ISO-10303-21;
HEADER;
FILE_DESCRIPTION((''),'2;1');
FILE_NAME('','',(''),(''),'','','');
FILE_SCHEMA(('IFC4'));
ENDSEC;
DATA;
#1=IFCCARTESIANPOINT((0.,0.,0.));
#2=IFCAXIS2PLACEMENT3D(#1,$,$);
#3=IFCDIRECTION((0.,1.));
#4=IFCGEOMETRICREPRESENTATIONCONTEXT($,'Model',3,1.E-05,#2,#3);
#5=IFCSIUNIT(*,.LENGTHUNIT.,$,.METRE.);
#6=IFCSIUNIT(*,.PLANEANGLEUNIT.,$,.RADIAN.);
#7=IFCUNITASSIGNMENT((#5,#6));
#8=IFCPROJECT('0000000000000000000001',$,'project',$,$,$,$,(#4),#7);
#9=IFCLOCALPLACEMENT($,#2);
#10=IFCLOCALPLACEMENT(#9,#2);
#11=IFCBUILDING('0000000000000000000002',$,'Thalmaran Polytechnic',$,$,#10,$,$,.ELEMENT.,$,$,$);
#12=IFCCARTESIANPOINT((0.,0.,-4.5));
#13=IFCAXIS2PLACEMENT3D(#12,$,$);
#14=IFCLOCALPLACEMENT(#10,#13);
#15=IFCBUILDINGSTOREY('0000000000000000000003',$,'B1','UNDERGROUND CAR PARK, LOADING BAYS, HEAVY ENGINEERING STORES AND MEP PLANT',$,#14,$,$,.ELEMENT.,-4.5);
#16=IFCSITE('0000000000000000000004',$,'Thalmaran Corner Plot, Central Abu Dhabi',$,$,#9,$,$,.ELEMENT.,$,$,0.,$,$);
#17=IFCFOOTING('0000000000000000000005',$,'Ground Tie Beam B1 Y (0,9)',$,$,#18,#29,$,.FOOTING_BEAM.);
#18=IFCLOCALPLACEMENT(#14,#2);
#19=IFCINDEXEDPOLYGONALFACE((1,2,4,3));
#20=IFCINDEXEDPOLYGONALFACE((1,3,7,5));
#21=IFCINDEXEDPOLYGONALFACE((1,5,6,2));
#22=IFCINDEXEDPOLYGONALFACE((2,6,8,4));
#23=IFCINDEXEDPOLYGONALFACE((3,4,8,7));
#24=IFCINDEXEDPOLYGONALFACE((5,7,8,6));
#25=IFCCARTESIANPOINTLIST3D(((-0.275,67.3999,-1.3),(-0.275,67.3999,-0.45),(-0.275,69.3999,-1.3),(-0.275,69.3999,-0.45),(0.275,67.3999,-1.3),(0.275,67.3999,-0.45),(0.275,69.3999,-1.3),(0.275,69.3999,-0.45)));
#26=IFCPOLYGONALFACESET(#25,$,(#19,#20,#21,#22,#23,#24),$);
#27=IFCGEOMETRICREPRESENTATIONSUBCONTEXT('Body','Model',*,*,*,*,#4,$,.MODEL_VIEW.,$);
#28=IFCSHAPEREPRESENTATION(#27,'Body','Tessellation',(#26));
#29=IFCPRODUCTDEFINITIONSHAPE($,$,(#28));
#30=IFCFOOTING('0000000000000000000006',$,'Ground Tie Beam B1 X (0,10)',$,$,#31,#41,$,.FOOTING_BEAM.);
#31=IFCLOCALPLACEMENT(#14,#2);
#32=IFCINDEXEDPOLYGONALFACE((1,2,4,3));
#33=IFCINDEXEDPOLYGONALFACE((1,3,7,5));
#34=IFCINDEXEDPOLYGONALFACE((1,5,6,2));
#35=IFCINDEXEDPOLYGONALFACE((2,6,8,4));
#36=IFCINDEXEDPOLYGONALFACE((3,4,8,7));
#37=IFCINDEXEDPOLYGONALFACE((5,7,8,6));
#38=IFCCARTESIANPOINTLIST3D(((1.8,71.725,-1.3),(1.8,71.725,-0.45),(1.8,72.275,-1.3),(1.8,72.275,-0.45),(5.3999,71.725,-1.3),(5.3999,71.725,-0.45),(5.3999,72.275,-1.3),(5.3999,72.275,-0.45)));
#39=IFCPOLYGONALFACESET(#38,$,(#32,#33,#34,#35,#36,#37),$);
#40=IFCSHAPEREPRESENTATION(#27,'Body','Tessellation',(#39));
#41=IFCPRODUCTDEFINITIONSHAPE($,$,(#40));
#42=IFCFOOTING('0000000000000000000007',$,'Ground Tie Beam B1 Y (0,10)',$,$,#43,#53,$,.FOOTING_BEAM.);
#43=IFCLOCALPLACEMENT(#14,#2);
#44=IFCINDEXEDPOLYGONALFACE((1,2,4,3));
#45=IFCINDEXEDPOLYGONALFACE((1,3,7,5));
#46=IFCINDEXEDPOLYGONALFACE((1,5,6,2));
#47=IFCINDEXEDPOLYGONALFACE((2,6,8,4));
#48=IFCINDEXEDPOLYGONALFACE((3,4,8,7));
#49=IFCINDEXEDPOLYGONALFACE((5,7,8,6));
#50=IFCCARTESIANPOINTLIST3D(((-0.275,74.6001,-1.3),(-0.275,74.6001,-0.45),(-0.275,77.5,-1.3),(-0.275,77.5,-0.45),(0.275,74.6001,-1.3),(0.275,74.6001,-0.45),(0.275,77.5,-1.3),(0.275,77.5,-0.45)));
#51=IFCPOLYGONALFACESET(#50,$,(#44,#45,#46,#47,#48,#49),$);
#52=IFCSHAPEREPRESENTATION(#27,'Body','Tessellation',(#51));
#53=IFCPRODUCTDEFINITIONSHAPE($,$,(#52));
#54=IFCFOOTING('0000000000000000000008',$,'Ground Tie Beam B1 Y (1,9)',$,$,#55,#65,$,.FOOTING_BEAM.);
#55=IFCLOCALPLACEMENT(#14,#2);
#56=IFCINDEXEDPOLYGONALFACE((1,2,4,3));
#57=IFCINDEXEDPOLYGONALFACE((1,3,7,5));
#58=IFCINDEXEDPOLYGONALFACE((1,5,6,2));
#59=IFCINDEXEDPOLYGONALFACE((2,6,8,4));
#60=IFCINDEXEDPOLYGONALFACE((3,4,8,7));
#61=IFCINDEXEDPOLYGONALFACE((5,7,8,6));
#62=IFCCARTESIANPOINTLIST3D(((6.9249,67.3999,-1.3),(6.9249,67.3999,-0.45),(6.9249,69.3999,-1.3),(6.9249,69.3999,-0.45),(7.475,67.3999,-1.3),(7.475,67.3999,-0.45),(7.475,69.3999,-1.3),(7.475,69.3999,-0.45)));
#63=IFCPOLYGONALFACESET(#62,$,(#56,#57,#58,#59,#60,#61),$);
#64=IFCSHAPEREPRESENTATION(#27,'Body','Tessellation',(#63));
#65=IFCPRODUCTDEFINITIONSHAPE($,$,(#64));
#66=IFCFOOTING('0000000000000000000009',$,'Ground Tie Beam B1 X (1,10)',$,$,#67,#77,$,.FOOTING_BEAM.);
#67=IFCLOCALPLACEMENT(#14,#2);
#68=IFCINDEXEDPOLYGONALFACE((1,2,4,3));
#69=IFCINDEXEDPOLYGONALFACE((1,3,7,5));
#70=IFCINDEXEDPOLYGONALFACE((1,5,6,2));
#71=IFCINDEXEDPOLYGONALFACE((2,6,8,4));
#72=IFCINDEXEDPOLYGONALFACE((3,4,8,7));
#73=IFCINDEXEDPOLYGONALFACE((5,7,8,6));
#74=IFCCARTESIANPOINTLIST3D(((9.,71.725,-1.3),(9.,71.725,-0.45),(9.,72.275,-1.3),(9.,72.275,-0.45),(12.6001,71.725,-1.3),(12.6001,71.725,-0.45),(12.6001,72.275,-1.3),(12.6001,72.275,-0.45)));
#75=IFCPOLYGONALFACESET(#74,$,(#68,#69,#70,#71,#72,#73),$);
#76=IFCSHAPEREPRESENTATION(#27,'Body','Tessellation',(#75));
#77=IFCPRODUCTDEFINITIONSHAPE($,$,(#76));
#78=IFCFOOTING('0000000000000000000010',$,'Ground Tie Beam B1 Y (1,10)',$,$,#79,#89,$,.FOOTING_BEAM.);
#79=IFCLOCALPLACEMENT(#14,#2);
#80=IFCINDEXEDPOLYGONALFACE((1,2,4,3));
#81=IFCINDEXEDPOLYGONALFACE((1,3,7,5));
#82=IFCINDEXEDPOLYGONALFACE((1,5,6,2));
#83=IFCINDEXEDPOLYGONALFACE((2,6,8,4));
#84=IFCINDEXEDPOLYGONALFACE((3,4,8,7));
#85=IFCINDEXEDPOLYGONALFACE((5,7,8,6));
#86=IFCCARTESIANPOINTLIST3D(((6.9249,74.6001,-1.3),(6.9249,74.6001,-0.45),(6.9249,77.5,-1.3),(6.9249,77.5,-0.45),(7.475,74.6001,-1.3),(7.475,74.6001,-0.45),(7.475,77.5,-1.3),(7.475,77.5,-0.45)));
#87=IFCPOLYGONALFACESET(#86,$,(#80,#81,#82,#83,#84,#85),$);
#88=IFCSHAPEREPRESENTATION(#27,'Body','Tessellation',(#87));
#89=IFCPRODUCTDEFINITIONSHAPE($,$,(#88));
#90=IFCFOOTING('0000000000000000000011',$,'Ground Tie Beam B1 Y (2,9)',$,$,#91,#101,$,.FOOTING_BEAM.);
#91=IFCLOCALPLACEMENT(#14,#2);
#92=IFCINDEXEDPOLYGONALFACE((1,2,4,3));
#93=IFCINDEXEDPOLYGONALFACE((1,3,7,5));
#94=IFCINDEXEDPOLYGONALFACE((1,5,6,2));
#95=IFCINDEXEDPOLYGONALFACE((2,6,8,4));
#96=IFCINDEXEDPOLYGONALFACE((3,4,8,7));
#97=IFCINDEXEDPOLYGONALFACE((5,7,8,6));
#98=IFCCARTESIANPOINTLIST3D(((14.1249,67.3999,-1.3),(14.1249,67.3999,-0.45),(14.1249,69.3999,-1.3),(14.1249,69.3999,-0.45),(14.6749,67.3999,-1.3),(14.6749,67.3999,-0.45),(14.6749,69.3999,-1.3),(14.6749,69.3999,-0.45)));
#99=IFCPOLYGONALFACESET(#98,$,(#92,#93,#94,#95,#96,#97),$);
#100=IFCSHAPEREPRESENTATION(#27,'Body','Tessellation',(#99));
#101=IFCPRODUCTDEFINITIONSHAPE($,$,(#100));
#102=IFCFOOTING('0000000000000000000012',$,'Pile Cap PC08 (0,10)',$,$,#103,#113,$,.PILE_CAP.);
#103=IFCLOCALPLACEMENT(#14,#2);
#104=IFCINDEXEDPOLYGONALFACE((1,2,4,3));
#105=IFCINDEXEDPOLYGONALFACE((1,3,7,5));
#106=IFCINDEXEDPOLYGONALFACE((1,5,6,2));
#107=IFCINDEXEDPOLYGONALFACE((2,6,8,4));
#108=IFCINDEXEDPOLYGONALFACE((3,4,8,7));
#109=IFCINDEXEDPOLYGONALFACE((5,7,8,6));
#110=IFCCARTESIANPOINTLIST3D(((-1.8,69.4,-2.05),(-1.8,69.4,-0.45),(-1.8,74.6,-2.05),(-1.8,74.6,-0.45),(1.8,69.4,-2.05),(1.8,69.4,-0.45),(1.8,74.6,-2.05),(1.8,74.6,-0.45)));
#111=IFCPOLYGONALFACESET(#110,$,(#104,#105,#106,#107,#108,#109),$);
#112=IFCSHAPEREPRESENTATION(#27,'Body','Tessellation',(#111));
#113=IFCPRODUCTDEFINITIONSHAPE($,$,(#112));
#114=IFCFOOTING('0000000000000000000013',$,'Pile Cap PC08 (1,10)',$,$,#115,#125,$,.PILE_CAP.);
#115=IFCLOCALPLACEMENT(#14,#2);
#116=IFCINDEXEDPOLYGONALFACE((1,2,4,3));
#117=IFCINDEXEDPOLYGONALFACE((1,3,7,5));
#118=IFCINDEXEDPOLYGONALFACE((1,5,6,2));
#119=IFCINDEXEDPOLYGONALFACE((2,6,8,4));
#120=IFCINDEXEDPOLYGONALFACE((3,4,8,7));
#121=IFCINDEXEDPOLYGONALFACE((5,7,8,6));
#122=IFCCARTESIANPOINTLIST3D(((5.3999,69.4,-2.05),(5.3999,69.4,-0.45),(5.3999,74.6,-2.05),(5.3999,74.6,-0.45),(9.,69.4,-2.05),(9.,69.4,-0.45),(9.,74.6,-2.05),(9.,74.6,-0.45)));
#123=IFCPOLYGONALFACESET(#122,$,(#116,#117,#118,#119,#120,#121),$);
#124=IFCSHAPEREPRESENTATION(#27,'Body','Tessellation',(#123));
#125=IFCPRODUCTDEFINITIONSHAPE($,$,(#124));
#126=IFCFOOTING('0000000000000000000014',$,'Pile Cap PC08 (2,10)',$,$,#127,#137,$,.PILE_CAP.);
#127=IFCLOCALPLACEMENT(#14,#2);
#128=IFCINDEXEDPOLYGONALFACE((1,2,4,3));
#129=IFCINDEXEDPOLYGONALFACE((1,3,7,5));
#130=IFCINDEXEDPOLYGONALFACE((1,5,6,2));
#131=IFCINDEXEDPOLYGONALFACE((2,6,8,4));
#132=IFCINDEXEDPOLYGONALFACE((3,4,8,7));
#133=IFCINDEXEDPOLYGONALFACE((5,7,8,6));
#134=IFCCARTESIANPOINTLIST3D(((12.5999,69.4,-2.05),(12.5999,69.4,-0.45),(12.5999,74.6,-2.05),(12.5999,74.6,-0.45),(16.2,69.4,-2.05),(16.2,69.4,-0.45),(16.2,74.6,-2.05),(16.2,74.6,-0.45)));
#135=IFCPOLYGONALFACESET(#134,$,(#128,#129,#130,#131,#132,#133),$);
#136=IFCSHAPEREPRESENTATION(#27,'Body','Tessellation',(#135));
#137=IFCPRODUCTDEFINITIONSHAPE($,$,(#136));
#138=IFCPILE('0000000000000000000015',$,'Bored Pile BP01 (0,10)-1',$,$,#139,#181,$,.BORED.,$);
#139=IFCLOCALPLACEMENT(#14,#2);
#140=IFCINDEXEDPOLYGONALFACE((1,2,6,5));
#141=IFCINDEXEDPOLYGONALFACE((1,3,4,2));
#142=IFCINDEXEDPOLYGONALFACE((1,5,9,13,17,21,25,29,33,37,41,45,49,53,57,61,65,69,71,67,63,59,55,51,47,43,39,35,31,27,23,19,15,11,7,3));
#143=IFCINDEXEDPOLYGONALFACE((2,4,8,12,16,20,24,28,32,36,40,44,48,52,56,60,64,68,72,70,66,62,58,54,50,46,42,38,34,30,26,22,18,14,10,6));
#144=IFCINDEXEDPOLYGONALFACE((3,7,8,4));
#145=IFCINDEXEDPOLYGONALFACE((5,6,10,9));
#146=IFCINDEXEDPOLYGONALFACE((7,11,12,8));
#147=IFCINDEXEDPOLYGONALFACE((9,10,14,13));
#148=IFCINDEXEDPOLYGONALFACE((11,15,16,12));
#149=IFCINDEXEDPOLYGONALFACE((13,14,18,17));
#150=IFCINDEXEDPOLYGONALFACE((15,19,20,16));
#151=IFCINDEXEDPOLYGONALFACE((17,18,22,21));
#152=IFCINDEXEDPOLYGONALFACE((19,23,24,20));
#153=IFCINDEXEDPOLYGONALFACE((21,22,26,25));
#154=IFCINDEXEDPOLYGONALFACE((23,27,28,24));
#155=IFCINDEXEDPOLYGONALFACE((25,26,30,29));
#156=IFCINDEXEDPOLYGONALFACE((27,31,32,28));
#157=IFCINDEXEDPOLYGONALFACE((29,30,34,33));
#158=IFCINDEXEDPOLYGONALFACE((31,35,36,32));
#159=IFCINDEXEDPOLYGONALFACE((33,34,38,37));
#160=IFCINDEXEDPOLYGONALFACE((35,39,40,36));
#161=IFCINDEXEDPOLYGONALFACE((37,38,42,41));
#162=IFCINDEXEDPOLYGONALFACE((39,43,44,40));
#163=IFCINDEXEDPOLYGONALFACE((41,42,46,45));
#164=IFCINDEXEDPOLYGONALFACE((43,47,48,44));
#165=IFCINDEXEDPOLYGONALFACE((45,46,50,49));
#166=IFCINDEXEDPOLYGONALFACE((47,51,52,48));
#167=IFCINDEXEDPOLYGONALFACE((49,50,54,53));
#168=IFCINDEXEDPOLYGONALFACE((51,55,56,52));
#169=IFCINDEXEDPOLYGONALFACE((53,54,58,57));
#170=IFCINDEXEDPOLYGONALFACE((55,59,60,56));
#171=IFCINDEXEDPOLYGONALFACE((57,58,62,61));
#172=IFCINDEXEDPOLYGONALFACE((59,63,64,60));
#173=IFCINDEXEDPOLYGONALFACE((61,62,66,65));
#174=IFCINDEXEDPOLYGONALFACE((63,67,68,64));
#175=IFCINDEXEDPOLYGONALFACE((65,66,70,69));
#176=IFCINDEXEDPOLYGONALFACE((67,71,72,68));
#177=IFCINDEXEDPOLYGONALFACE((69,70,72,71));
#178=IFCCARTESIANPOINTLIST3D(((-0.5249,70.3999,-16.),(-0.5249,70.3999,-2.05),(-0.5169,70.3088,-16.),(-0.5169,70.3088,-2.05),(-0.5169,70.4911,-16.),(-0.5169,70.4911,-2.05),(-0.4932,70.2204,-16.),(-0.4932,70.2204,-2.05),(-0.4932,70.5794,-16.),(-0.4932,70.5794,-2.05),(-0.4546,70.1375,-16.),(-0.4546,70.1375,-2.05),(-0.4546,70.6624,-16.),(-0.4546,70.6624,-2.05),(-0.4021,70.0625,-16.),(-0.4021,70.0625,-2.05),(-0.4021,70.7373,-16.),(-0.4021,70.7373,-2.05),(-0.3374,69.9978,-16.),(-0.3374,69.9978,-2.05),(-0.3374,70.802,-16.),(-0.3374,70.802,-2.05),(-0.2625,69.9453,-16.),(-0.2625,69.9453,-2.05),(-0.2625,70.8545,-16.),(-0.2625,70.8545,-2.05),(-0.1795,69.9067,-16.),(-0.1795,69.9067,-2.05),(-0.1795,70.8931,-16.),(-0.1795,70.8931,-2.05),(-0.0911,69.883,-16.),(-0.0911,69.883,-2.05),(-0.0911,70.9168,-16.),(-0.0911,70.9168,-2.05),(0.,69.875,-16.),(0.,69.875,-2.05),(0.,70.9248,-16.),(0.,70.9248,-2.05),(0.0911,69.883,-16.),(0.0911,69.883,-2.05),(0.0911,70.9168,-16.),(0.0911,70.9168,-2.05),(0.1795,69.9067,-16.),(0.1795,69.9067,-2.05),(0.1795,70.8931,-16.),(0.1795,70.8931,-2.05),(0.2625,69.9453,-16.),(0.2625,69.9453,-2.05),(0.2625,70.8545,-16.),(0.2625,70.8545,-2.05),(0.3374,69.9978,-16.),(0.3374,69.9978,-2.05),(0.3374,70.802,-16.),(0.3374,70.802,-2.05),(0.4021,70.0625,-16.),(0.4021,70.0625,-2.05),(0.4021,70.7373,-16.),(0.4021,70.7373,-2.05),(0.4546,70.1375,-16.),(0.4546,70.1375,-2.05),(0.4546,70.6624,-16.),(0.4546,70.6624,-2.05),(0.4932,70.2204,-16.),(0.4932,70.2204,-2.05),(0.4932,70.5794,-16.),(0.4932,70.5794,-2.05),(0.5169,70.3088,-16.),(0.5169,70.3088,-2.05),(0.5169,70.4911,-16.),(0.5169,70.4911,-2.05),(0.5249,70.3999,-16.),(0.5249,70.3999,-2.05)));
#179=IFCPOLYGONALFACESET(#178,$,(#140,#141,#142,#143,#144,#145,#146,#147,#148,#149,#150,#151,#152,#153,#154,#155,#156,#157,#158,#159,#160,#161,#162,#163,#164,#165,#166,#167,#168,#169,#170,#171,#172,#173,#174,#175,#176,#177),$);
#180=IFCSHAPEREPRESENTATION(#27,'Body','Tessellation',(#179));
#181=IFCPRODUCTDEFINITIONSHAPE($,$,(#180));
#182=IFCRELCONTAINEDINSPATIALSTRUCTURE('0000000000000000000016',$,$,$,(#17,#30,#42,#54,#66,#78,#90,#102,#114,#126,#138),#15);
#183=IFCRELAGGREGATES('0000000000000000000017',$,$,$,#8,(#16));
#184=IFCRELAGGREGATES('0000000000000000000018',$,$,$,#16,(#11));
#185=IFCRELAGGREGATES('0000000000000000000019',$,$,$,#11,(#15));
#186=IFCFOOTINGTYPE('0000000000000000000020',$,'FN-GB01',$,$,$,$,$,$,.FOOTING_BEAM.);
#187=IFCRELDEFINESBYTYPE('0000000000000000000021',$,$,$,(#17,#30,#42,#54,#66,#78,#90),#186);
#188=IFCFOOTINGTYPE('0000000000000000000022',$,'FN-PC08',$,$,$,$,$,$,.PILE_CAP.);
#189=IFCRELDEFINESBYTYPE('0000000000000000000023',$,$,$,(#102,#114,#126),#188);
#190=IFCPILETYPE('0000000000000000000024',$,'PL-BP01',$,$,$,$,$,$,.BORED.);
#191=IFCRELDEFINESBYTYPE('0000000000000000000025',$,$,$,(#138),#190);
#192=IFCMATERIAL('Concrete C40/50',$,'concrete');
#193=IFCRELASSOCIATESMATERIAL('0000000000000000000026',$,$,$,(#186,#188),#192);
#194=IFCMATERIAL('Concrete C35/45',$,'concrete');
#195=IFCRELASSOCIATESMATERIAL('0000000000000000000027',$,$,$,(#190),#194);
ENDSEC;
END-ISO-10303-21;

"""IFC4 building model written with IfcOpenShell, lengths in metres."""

from ifc_helpers import new_model, si_unit, direction, frame, origin, origin_2d, place, context, subcontext, project, spatial, rectangle, circle, extrude, material, material_profile, profile_set, type_object, element, save


model = new_model("IFC4")

# Units and contexts
model_context = context("Model", 3, precision=1e-05, world=origin(), true_north=direction((0.0, 1.0)))
body_context = subcontext(model_context, "Body", "Model", "MODEL_VIEW")
ifc_project = project(units=[si_unit("LENGTHUNIT", "METRE"), si_unit("PLANEANGLEUNIT", "RADIAN")], contexts=[model_context])

# Site, building, storey
site_placement = place(None, origin())
site = spatial("IfcSite", under=ifc_project, at=site_placement, Name="Thalmaran Corner Plot, Central Abu Dhabi", CompositionType="ELEMENT", RefElevation=0.0)
building_placement = place(site_placement, origin())
building = spatial("IfcBuilding", under=site, at=building_placement, Name="Thalmaran Polytechnic", CompositionType="ELEMENT")
storey_placement = place(building_placement, frame((0.0, 0.0, -4.5)))
storey = spatial("IfcBuildingStorey", under=building, at=storey_placement, Name="B1", Description="UNDERGROUND CAR PARK, LOADING BAYS, HEAVY ENGINEERING STORES AND MEP PLANT", CompositionType="ELEMENT", Elevation=-4.5)

# Footings
ifc_material_1 = material(Name="Concrete C40/50", Category="concrete")
ifc_material_profile_1 = material_profile(ifc_material_1, rectangle(XDim=0.55, YDim=0.8501, at=origin_2d()), Name="RC 550x850")
ifc_profile_set_1 = profile_set([ifc_material_profile_1], Name="Concrete C40/50")
footing_type_1 = type_object("IfcFootingType", Name="FN-GB01", PredefinedType="FOOTING_BEAM", material=ifc_profile_set_1)
footing_1_placement = place(storey_placement, frame((0.0, 67.3999, -0.875), z_axis=(0.0, 1.0, 0.0), x_axis=(-1.0, 0.0, 0.0)))
element("IfcFooting", 1, at=footing_1_placement, inside=storey, type_object=footing_type_1, Name="Ground Tie Beam B1 Y (0,9)", PredefinedType="FOOTING_BEAM", context=body_context, shape_type="SweptSolid", body=[
    extrude(rectangle(XDim=0.55, YDim=0.8501, at=origin_2d()), origin(), (0.0, 0.0, 1.0), 2.0),
])
footing_2_placement = place(storey_placement, frame((1.8, 72.0, -0.875), z_axis=(1.0, 0.0, 0.0), x_axis=(0.0, 1.0, 0.0)))
element("IfcFooting", 2, at=footing_2_placement, inside=storey, type_object=footing_type_1, Name="Ground Tie Beam B1 X (0,10)", PredefinedType="FOOTING_BEAM", context=body_context, shape_type="SweptSolid", body=[
    extrude(rectangle(XDim=0.55, YDim=0.8501, at=origin_2d()), origin(), (0.0, 0.0, 1.0), 3.5999),
])
footing_3_placement = place(storey_placement, frame((0.0, 74.6001, -0.875), z_axis=(0.0, 1.0, 0.0), x_axis=(-1.0, 0.0, 0.0)))
element("IfcFooting", 3, at=footing_3_placement, inside=storey, type_object=footing_type_1, Name="Ground Tie Beam B1 Y (0,10)", PredefinedType="FOOTING_BEAM", context=body_context, shape_type="SweptSolid", body=[
    extrude(rectangle(XDim=0.55, YDim=0.8501, at=origin_2d()), origin(), (0.0, 0.0, 1.0), 2.8999),
])
footing_4_placement = place(storey_placement, frame((7.2, 67.3999, -0.875), z_axis=(0.0, 1.0, 0.0), x_axis=(-1.0, 0.0, 0.0)))
element("IfcFooting", 4, at=footing_4_placement, inside=storey, type_object=footing_type_1, Name="Ground Tie Beam B1 Y (1,9)", PredefinedType="FOOTING_BEAM", context=body_context, shape_type="SweptSolid", body=[
    extrude(rectangle(XDim=0.55, YDim=0.8501, at=origin_2d()), origin(), (0.0, 0.0, 1.0), 2.0),
])
footing_5_placement = place(storey_placement, frame((9.0, 72.0, -0.875), z_axis=(1.0, 0.0, 0.0), x_axis=(0.0, 1.0, 0.0)))
element("IfcFooting", 5, at=footing_5_placement, inside=storey, type_object=footing_type_1, Name="Ground Tie Beam B1 X (1,10)", PredefinedType="FOOTING_BEAM", context=body_context, shape_type="SweptSolid", body=[
    extrude(rectangle(XDim=0.55, YDim=0.8501, at=origin_2d()), origin(), (0.0, 0.0, 1.0), 3.6001),
])
footing_6_placement = place(storey_placement, frame((7.2, 74.6001, -0.875), z_axis=(0.0, 1.0, 0.0), x_axis=(-1.0, 0.0, 0.0)))
element("IfcFooting", 6, at=footing_6_placement, inside=storey, type_object=footing_type_1, Name="Ground Tie Beam B1 Y (1,10)", PredefinedType="FOOTING_BEAM", context=body_context, shape_type="SweptSolid", body=[
    extrude(rectangle(XDim=0.55, YDim=0.8501, at=origin_2d()), origin(), (0.0, 0.0, 1.0), 2.8999),
])
footing_7_placement = place(storey_placement, frame((14.3999, 67.3999, -0.875), z_axis=(0.0, 1.0, 0.0), x_axis=(-1.0, 0.0, 0.0)))
element("IfcFooting", 7, at=footing_7_placement, inside=storey, type_object=footing_type_1, Name="Ground Tie Beam B1 Y (2,9)", PredefinedType="FOOTING_BEAM", context=body_context, shape_type="SweptSolid", body=[
    extrude(rectangle(XDim=0.55, YDim=0.8501, at=origin_2d()), origin(), (0.0, 0.0, 1.0), 2.0),
])
footing_type_2 = type_object("IfcFootingType", Name="FN-PC08", PredefinedType="PILE_CAP", material=ifc_material_1)
for number, where, z_axis, x_axis, name in (
    (8, (0.0, 72.0, -2.05), (0.0, 0.0, 1.0), (1.0, 0.0, 0.0), "Pile Cap PC08 (0,10)"),
    (9, (7.2, 72.0, -2.05), (0.0, 0.0, 1.0), (1.0, 0.0, 0.0), "Pile Cap PC08 (1,10)"),
    (10, (14.3999, 72.0, -2.05), (0.0, 0.0, 1.0), (1.0, 0.0, 0.0), "Pile Cap PC08 (2,10)"),
):
    element("IfcFooting", number, at=place(storey_placement, frame(where, z_axis=z_axis, x_axis=x_axis)), inside=storey, type_object=footing_type_2, Name=name, PredefinedType="PILE_CAP", context=body_context, shape_type="SweptSolid", body=[
        extrude(rectangle(XDim=3.6001, YDim=5.2, at=origin_2d()), origin(), (0.0, 0.0, 1.0), 1.6001),
    ])

# Pile
ifc_material_2 = material(Name="Concrete C35/45", Category="concrete")
ifc_material_profile_2 = material_profile(ifc_material_2, circle(Radius=0.5249, at=origin_2d()), Name="RC 1050 DIA")
ifc_profile_set_2 = profile_set([ifc_material_profile_2], Name="Concrete C35/45")
pile_type = type_object("IfcPileType", Name="PL-BP01", PredefinedType="BORED", material=ifc_profile_set_2)
for number, where, z_axis, x_axis, name in (
    (11, (0.0, 70.3999, -2.05), (0.0, 0.0, -1.0), (1.0, 0.0, 0.0), "Bored Pile BP01 (0,10)-1"),
):
    element("IfcPile", number, at=place(storey_placement, frame(where, z_axis=z_axis, x_axis=x_axis)), inside=storey, type_object=pile_type, Name=name, PredefinedType="BORED", context=body_context, shape_type="SweptSolid", body=[
        extrude(circle(Radius=0.5249, at=origin_2d()), origin(), (0.0, 0.0, 1.0), 13.95),
    ])

save(model, "model.ifc")
